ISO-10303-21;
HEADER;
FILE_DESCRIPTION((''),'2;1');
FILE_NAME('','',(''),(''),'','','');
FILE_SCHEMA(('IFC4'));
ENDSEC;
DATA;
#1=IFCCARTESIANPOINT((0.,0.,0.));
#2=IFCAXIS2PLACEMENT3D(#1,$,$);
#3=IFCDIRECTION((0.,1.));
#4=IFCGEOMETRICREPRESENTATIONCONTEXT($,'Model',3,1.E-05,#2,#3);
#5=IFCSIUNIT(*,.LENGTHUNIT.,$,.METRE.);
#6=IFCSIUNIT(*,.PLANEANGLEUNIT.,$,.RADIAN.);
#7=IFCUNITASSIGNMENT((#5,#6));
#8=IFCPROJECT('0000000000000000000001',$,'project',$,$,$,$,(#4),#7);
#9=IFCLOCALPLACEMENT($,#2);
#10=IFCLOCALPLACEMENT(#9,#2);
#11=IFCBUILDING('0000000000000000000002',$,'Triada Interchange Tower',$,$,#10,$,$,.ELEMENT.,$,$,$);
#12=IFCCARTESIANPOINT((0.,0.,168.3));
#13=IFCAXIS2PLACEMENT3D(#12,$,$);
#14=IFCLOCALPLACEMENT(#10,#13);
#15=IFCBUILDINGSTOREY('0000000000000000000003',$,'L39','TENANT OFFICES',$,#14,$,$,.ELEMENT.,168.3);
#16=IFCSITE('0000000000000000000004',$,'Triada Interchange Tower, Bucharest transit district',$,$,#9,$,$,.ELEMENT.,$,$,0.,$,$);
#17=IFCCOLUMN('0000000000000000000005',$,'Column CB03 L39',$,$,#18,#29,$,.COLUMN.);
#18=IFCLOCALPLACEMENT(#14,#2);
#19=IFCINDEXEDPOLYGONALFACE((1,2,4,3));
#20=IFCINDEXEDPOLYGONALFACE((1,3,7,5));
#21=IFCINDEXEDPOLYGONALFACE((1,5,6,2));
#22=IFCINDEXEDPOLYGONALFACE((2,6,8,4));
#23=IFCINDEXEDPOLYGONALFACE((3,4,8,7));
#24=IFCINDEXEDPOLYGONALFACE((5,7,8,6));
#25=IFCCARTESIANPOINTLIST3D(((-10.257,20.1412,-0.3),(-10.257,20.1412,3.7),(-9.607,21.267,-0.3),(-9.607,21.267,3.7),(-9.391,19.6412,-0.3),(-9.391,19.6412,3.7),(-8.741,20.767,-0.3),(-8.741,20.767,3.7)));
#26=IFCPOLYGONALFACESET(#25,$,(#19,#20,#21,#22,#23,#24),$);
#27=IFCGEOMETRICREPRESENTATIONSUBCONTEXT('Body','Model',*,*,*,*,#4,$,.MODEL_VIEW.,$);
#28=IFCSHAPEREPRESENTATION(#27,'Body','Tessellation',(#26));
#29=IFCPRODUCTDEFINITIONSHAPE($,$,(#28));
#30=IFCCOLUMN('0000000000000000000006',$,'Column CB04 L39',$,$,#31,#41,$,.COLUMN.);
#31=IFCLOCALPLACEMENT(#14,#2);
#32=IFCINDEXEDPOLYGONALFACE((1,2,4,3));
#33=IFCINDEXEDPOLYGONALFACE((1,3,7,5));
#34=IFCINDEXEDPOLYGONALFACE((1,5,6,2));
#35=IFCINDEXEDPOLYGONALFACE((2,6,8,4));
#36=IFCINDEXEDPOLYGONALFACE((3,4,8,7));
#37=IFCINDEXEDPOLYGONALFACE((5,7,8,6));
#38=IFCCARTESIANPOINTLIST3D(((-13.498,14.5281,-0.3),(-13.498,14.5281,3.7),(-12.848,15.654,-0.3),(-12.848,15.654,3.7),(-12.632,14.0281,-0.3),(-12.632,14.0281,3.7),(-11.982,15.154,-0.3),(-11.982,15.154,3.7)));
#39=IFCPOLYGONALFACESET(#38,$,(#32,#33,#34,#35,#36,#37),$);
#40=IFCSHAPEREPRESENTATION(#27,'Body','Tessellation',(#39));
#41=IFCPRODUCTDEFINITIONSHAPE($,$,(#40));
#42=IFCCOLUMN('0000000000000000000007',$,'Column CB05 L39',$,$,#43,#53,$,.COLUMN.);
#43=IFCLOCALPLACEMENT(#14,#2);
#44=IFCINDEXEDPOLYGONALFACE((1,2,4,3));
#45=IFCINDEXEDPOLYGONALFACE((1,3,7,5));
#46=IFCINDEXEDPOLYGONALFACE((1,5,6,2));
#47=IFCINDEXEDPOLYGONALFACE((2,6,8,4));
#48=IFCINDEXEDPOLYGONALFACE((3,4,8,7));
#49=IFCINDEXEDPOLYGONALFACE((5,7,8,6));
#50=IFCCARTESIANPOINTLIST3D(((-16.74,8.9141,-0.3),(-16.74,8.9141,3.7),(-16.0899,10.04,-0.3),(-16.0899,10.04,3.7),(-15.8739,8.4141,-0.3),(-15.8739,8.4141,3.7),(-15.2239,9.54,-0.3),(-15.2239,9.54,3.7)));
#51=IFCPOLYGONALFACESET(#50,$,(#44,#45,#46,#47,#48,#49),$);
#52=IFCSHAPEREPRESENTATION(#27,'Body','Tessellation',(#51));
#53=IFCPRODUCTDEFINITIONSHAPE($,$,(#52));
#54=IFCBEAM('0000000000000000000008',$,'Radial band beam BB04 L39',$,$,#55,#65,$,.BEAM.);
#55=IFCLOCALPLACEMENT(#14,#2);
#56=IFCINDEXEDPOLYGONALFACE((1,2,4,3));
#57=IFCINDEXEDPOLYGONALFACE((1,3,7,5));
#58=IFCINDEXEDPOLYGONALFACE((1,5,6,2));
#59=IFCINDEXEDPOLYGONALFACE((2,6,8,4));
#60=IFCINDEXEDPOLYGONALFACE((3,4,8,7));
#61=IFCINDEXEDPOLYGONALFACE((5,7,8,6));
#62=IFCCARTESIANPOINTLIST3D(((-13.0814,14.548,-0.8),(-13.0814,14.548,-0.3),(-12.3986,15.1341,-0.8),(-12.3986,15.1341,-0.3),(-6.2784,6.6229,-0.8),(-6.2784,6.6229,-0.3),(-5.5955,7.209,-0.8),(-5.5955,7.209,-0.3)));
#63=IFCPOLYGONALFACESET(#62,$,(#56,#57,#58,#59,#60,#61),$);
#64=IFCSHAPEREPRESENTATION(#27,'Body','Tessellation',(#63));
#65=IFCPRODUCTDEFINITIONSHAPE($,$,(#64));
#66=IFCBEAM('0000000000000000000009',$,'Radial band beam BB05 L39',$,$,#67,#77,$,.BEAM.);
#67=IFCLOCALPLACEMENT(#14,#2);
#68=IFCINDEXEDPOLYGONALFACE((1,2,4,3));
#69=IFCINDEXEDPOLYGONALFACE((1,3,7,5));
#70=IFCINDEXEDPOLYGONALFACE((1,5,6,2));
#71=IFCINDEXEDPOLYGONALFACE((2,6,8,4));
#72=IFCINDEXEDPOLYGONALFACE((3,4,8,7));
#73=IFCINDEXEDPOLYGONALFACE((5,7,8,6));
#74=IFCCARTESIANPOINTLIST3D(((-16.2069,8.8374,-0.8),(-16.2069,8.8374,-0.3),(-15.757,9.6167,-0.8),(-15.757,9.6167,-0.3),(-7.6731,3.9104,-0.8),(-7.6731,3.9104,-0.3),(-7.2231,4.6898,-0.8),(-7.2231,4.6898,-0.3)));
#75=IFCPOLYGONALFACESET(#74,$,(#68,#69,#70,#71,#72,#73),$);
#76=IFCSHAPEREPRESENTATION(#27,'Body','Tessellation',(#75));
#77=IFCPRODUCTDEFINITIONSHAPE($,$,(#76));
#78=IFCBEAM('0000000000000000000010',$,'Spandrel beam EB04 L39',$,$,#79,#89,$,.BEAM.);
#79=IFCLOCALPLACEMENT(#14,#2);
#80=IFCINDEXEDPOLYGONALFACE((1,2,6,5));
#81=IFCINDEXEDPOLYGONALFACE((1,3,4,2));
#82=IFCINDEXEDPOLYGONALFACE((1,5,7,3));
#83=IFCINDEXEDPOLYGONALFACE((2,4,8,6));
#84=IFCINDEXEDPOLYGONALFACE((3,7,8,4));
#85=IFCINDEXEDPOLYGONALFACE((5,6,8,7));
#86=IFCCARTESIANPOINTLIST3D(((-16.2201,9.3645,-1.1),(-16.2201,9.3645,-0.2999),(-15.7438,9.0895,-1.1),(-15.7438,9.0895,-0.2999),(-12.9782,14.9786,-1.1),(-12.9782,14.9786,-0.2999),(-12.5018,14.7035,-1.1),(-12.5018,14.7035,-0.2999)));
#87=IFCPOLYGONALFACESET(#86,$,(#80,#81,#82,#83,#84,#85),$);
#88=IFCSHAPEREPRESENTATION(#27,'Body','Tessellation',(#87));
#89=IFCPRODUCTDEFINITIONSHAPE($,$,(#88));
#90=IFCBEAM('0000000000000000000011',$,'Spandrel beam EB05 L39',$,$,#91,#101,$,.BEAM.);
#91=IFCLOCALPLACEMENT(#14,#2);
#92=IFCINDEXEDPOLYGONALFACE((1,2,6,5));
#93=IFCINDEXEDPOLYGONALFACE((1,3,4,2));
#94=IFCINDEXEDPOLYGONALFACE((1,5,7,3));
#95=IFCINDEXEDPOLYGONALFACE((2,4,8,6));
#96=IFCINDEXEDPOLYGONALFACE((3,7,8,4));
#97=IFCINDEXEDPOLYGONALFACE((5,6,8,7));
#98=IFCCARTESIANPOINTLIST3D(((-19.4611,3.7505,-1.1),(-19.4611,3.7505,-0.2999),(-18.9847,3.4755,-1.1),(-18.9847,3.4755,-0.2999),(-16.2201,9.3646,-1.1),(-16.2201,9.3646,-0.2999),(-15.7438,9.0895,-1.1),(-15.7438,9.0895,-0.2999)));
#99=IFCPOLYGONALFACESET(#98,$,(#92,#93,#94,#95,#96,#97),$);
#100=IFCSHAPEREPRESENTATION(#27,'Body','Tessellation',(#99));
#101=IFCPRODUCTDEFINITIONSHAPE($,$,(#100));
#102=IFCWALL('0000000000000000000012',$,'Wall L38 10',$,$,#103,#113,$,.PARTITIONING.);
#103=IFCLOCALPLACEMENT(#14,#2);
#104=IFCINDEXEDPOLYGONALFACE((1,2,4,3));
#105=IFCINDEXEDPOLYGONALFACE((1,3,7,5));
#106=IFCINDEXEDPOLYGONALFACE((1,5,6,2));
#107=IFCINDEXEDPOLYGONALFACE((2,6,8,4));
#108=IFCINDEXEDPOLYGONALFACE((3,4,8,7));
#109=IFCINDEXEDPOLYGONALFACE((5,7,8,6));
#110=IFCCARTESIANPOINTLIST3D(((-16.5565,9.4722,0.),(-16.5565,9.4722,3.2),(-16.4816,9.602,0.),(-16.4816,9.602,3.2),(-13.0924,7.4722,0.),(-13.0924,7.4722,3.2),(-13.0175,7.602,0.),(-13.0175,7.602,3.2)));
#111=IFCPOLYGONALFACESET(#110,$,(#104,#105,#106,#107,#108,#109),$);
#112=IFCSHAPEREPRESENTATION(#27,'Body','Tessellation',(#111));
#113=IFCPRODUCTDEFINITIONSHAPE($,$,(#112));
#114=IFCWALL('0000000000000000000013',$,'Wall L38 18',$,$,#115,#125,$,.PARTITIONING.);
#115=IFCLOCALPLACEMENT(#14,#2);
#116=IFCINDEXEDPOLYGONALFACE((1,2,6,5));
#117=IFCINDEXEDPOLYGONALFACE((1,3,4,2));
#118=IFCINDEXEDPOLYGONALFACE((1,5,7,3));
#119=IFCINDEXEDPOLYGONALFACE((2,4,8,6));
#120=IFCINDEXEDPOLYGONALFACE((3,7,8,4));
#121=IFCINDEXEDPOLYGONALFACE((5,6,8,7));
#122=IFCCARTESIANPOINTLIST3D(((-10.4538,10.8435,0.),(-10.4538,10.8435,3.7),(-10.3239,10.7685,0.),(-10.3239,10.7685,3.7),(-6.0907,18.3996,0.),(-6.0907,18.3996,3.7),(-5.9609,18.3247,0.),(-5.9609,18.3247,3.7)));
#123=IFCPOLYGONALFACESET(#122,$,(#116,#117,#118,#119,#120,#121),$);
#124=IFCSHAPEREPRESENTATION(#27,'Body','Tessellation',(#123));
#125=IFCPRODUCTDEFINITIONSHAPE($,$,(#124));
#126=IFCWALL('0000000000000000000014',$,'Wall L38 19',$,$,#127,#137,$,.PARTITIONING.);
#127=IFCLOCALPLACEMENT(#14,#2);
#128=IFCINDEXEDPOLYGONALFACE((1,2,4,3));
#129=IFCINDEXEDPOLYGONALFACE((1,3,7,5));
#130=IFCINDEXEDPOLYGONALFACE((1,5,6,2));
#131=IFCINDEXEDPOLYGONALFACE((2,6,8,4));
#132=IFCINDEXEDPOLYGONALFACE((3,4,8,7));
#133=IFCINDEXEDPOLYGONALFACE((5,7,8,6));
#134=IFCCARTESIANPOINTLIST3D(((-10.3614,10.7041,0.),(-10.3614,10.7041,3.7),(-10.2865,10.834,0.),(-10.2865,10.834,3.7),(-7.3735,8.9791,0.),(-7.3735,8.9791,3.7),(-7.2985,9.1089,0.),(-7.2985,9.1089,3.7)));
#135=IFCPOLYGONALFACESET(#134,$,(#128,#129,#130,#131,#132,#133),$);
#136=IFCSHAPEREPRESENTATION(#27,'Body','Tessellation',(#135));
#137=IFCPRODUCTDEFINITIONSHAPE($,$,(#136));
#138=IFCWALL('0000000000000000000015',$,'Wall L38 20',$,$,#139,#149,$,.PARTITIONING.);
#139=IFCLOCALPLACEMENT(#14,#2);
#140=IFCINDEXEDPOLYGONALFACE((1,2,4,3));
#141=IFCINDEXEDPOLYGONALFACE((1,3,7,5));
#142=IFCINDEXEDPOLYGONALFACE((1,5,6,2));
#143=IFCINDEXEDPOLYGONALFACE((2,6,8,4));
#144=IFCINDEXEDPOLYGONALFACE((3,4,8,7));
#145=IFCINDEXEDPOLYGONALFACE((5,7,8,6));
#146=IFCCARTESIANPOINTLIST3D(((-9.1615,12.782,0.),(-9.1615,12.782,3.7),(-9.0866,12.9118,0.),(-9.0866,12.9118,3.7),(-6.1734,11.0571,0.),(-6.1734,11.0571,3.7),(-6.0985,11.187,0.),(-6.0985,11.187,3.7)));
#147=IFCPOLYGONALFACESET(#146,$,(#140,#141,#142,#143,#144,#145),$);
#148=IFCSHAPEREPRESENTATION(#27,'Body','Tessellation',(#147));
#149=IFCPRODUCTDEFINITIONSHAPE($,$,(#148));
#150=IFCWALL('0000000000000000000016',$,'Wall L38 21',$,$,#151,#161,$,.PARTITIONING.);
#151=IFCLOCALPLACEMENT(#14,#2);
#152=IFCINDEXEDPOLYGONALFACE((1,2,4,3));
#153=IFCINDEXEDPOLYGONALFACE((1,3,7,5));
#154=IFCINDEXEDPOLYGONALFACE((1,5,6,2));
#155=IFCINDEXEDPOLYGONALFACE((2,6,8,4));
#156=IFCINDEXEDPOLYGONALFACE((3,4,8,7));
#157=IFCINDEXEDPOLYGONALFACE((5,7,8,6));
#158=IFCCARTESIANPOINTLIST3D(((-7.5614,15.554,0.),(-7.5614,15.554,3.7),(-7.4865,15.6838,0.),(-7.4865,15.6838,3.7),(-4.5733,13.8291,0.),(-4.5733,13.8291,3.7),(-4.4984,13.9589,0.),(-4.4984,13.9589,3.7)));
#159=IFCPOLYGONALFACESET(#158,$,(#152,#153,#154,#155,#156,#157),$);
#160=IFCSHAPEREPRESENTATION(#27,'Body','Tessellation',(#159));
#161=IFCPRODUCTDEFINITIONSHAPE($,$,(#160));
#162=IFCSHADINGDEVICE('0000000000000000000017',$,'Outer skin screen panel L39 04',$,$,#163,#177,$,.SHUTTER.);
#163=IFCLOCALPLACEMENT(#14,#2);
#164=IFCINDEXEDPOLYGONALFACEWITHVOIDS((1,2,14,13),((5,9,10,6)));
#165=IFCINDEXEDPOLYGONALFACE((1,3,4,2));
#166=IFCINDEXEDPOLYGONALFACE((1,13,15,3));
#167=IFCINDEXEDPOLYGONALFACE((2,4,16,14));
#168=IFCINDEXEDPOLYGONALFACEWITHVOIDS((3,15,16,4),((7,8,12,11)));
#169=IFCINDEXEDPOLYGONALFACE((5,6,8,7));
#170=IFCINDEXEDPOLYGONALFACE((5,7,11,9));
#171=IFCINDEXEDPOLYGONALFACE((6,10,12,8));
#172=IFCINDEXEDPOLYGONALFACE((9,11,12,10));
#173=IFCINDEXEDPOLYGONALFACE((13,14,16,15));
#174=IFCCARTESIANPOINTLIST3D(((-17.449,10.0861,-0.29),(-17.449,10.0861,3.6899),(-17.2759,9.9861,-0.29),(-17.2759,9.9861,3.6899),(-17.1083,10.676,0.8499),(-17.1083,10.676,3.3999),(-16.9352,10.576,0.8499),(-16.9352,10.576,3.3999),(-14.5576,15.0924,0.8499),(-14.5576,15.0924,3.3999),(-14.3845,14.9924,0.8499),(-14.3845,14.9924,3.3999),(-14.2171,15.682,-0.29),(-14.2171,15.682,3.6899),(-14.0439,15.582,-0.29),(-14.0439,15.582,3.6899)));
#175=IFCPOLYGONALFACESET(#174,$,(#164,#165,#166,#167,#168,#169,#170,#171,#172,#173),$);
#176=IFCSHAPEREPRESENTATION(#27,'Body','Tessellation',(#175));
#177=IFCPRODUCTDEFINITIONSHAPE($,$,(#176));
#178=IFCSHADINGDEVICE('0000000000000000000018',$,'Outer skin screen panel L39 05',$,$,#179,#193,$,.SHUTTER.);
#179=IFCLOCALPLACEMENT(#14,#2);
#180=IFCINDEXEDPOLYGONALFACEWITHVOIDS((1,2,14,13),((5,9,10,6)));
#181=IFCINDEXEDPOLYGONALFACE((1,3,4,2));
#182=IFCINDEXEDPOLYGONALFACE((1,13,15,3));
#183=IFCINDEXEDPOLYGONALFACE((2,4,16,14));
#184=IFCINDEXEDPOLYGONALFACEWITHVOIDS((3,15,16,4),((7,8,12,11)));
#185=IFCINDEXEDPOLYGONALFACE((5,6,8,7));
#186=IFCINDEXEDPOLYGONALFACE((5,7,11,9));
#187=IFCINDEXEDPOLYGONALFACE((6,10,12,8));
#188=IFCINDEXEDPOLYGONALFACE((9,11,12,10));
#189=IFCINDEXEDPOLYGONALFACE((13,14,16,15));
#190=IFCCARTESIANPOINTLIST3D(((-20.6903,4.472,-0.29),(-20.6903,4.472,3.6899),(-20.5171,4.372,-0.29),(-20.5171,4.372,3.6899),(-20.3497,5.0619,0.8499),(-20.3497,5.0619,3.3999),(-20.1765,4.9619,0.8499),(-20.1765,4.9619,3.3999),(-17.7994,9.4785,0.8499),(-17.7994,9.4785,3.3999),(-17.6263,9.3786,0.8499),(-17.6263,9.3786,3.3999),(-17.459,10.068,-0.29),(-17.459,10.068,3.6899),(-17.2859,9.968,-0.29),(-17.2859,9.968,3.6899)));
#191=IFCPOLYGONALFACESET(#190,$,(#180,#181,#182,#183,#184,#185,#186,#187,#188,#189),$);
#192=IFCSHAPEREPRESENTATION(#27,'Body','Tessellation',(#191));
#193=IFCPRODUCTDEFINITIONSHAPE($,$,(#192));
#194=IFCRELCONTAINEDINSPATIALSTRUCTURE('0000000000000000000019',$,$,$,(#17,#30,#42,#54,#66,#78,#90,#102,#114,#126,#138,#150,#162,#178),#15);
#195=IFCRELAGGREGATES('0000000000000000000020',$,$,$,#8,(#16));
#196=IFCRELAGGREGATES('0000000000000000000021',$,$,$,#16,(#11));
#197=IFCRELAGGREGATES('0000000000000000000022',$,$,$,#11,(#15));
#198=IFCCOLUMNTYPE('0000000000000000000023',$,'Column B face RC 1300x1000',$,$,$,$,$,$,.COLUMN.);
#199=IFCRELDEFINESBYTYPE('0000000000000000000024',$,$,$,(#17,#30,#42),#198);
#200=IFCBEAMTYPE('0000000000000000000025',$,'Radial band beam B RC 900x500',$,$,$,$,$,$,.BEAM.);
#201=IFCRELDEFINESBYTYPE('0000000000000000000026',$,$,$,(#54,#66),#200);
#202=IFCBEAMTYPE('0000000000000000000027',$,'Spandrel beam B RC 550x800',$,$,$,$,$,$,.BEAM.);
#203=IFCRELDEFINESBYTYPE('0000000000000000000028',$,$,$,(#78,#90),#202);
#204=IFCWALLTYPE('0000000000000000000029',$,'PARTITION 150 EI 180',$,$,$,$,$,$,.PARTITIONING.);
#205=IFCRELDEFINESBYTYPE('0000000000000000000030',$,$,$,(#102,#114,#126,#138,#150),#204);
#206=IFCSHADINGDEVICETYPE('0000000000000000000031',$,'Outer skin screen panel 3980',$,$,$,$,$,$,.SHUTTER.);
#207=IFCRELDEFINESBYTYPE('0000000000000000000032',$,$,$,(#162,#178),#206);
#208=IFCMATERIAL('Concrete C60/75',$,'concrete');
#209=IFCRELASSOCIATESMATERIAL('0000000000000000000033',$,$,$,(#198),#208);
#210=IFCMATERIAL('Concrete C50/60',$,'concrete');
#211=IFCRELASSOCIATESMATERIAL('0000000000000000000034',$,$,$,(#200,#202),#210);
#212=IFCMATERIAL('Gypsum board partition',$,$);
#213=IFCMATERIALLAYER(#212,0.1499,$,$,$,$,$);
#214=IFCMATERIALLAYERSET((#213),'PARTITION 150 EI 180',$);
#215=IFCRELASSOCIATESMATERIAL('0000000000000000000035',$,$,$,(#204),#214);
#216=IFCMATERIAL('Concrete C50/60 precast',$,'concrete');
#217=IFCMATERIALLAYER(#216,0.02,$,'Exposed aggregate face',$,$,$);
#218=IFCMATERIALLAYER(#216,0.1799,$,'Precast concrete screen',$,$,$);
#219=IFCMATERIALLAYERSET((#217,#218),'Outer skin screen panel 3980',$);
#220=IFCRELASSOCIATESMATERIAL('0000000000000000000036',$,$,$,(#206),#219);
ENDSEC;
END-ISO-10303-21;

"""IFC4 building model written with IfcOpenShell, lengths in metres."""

from ifc_helpers import new_model, si_unit, direction, frame, frame_2d, origin, origin_2d, place, context, subcontext, project, spatial, polyline, rectangle, outline, extrude, material, layer, layer_set, material_profile, profile_set, type_object, element, save


model = new_model("IFC4")

# Units and contexts
model_context = context("Model", 3, precision=1e-05, world=origin(), true_north=direction((0.0, 1.0)))
body_context = subcontext(model_context, "Body", "Model", "MODEL_VIEW")
ifc_project = project(units=[si_unit("LENGTHUNIT", "METRE"), si_unit("PLANEANGLEUNIT", "RADIAN")], contexts=[model_context])

# Site, building, storey
site_placement = place(None, origin())
site = spatial("IfcSite", under=ifc_project, at=site_placement, Name="Triada Interchange Tower, Bucharest transit district", CompositionType="ELEMENT", RefElevation=0.0)
building_placement = place(site_placement, origin())
building = spatial("IfcBuilding", under=site, at=building_placement, Name="Triada Interchange Tower", CompositionType="ELEMENT")
storey_placement = place(building_placement, frame((0.0, 0.0, 168.3)))
storey = spatial("IfcBuildingStorey", under=building, at=storey_placement, Name="L39", Description="TENANT OFFICES", CompositionType="ELEMENT", Elevation=168.3)

# Columns
ifc_material_1 = material(Name="Concrete C60/75", Category="concrete")
ifc_material_profile_1 = material_profile(ifc_material_1, rectangle(XDim=1.3, YDim=1.0, at=origin_2d()), Name="RC 1300x1000")
ifc_profile_set_1 = profile_set([ifc_material_profile_1], Name="Concrete C60/75")
column_type = type_object("IfcColumnType", Name="Column B face RC 1300x1000", PredefinedType="COLUMN", material=ifc_profile_set_1)
for number, where, z_axis, x_axis, name in (
    (1, (-9.499, 20.4541, -0.3), (0.0, 0.0, 1.0), (0.5, 0.866025, 0.0), "Column CB03 L39"),
    (2, (-12.74, 14.8411, -0.3), (0.0, 0.0, 1.0), (0.5, 0.866025, 0.0), "Column CB04 L39"),
    (3, (-15.9819, 9.2271, -0.3), (0.0, 0.0, 1.0), (0.5, 0.866025, 0.0), "Column CB05 L39"),
):
    element("IfcColumn", number, at=place(storey_placement, frame(where, z_axis=z_axis, x_axis=x_axis)), inside=storey, type_object=column_type, Name=name, PredefinedType="COLUMN", context=body_context, shape_type="SweptSolid", body=[
        extrude(rectangle(XDim=1.3, YDim=1.0, at=origin_2d()), origin(), (0.0, 0.0, 1.0), 4.0),
    ])

# Beams
ifc_material_2 = material(Name="Concrete C50/60", Category="concrete")
ifc_material_profile_2 = material_profile(ifc_material_2, rectangle(XDim=0.8999, YDim=0.5, at=origin_2d()), Name="RC 900x500")
ifc_profile_set_2 = profile_set([ifc_material_profile_2], Name="Concrete C50/60")
beam_type_1 = type_object("IfcBeamType", Name="Radial band beam B RC 900x500", PredefinedType="BEAM", material=ifc_profile_set_2)
beam_1_placement = place(storey_placement, frame((-12.74, 14.8411, -0.55), z_axis=(0.651348, -0.75878, 0.0), x_axis=(0.75878, 0.651348, 0.0)))
element("IfcBeam", 4, at=beam_1_placement, inside=storey, type_object=beam_type_1, Name="Radial band beam BB04 L39", PredefinedType="BEAM", context=body_context, shape_type="SweptSolid", body=[
    extrude(rectangle(XDim=0.8999, YDim=0.5, at=origin_2d()), origin(), (0.0, 0.0, 1.0), 10.4446),
])
beam_2_placement = place(storey_placement, frame((-15.9819, 9.2271, -0.55), z_axis=(0.866028, -0.499995, 0.0), x_axis=(0.499995, 0.866028, 0.0)))
element("IfcBeam", 5, at=beam_2_placement, inside=storey, type_object=beam_type_1, Name="Radial band beam BB05 L39", PredefinedType="BEAM", context=body_context, shape_type="SweptSolid", body=[
    extrude(rectangle(XDim=0.8999, YDim=0.5, at=origin_2d()), origin(), (0.0, 0.0, 1.0), 9.854),
])
ifc_material_profile_3 = material_profile(ifc_material_2, rectangle(XDim=0.55, YDim=0.8, at=origin_2d()), Name="RC 550x800")
ifc_profile_set_3 = profile_set([ifc_material_profile_3], Name="Concrete C50/60")
beam_type_2 = type_object("IfcBeamType", Name="Spandrel beam B RC 550x800", PredefinedType="BEAM", material=ifc_profile_set_3)
beam_3_placement = place(storey_placement, frame((-12.74, 14.8411, -0.7), z_axis=(-0.50008, -0.865979, 0.0), x_axis=(0.865979, -0.50008, 0.0)))
element("IfcBeam", 6, at=beam_3_placement, inside=storey, type_object=beam_type_2, Name="Spandrel beam EB04 L39", PredefinedType="BEAM", context=body_context, shape_type="SweptSolid", body=[
    extrude(rectangle(XDim=0.55, YDim=0.8, at=origin_2d()), origin(), (0.0, 0.0, 1.0), 6.4829),
])
beam_4_placement = place(storey_placement, frame((-15.9819, 9.2271, -0.7), z_axis=(-0.499967, -0.866044, 0.0), x_axis=(0.866044, -0.499967, 0.0)))
element("IfcBeam", 7, at=beam_4_placement, inside=storey, type_object=beam_type_2, Name="Spandrel beam EB05 L39", PredefinedType="BEAM", context=body_context, shape_type="SweptSolid", body=[
    extrude(rectangle(XDim=0.55, YDim=0.8, at=origin_2d()), origin(), (0.0, 0.0, 1.0), 6.4824),
])

# Walls
ifc_material_3 = material(Name="Gypsum board partition")
ifc_layer_1 = layer(ifc_material_3, 0.1499)
ifc_layer_set_1 = layer_set([ifc_layer_1], Name="PARTITION 150 EI 180")
wall_type_1 = type_object("IfcWallType", Name="PARTITION 150 EI 180", PredefinedType="PARTITIONING", material=ifc_layer_set_1)
wall_1_placement = place(storey_placement, frame((-16.519, 9.5371, 0.0), z_axis=(0.0, 0.0, 1.0), x_axis=(0.866026, -0.499999, 0.0)))
element("IfcWall", 8, at=wall_1_placement, inside=storey, type_object=wall_type_1, Name="Wall L38 10", PredefinedType="PARTITIONING", context=body_context, shape_type="SweptSolid", body=[
    extrude(rectangle(XDim=4.0, YDim=0.1499, at=frame_2d((2.0, 0.0))), origin(), (0.0, 0.0, 1.0), 3.2),
])
wall_2_placement = place(storey_placement, frame((-10.3889, 10.8059, 0.0), z_axis=(0.0, 0.0, 1.0), x_axis=(0.500042, 0.866001, 0.0)))
element("IfcWall", 9, at=wall_2_placement, inside=storey, type_object=wall_type_1, Name="Wall L38 18", PredefinedType="PARTITIONING", context=body_context, shape_type="SweptSolid", body=[
    extrude(rectangle(XDim=8.7253, YDim=0.1499, at=frame_2d((4.3628, 0.0))), origin(), (0.0, 0.0, 1.0), 3.7),
])
for number, where, z_axis, x_axis, name in (
    (10, (-10.324, 10.769, 0.0), (0.0, 0.0, 1.0), (0.866031, -0.49999, 0.0), "Wall L38 19"),
    (11, (-9.124, 12.8469, 0.0), (0.0, 0.0, 1.0), (0.866062, -0.499937, 0.0), "Wall L38 20"),
    (12, (-7.5239, 15.6189, 0.0), (0.0, 0.0, 1.0), (0.866062, -0.499937, 0.0), "Wall L38 21"),
):
    element("IfcWall", number, at=place(storey_placement, frame(where, z_axis=z_axis, x_axis=x_axis)), inside=storey, type_object=wall_type_1, Name=name, PredefinedType="PARTITIONING", context=body_context, shape_type="SweptSolid", body=[
        extrude(rectangle(XDim=3.4502, YDim=0.1499, at=frame_2d((1.7251, 0.0))), origin(), (0.0, 0.0, 1.0), 3.7),
    ])

# Shading devices
ifc_material_4 = material(Name="Concrete C50/60 precast", Category="concrete")
ifc_layer_2 = layer(ifc_material_4, 0.02, Name="Exposed aggregate face")
ifc_layer_3 = layer(ifc_material_4, 0.1799, Name="Precast concrete screen")
ifc_layer_set_2 = layer_set([ifc_layer_2, ifc_layer_3], Name="Outer skin screen panel 3980")
shading_device_type = type_object("IfcShadingDeviceType", Name="Outer skin screen panel 3980", PredefinedType="SHUTTER", material=ifc_layer_set_2)
shading_device_1_placement = place(storey_placement, frame((-14.0439, 15.582, -0.29), z_axis=(0.0, 0.0, 1.0), x_axis=(-0.500129, -0.865951, 0.0)))
element("IfcShadingDevice", 13, at=shading_device_1_placement, inside=storey, type_object=shading_device_type, Name="Outer skin screen panel L39 04", PredefinedType="SHUTTER", context=body_context, shape_type="SweptSolid", body=[
    extrude(outline(polyline([(0.0, 0.0), (6.4622, 0.0), (6.4622, 3.98), (0.0, 3.98), (0.0, 0.0)]), holes=[polyline([(0.6809, 1.1399), (0.6809, 3.6899), (5.781, 3.6899), (5.781, 1.1399), (0.6809, 1.1399)])]), frame((0.0, 0.0, 0.0), z_axis=(0.0, -1.0, 0.0), x_axis=(1.0, 0.0, 0.0)), (0.0, 0.0, 1.0), 0.2),
])
shading_device_2_placement = place(storey_placement, frame((-17.2859, 9.968, -0.29), z_axis=(0.0, 0.0, 1.0), x_axis=(-0.500044, -0.866, 0.0)))
element("IfcShadingDevice", 14, at=shading_device_2_placement, inside=storey, type_object=shading_device_type, Name="Outer skin screen panel L39 05", PredefinedType="SHUTTER", context=body_context, shape_type="SweptSolid", body=[
    extrude(outline(polyline([(0.0, 0.0), (6.4619, 0.0), (6.4619, 3.98), (0.0, 3.98), (0.0, 0.0)]), holes=[polyline([(0.6807, 1.1399), (0.6807, 3.6899), (5.7808, 3.6899), (5.7808, 1.1399), (0.6807, 1.1399)])]), frame((0.0, 0.0, 0.0), z_axis=(0.0, -1.0, 0.0), x_axis=(1.0, 0.0, 0.0)), (0.0, 0.0, 1.0), 0.2),
])

save(model, "model.ifc")
